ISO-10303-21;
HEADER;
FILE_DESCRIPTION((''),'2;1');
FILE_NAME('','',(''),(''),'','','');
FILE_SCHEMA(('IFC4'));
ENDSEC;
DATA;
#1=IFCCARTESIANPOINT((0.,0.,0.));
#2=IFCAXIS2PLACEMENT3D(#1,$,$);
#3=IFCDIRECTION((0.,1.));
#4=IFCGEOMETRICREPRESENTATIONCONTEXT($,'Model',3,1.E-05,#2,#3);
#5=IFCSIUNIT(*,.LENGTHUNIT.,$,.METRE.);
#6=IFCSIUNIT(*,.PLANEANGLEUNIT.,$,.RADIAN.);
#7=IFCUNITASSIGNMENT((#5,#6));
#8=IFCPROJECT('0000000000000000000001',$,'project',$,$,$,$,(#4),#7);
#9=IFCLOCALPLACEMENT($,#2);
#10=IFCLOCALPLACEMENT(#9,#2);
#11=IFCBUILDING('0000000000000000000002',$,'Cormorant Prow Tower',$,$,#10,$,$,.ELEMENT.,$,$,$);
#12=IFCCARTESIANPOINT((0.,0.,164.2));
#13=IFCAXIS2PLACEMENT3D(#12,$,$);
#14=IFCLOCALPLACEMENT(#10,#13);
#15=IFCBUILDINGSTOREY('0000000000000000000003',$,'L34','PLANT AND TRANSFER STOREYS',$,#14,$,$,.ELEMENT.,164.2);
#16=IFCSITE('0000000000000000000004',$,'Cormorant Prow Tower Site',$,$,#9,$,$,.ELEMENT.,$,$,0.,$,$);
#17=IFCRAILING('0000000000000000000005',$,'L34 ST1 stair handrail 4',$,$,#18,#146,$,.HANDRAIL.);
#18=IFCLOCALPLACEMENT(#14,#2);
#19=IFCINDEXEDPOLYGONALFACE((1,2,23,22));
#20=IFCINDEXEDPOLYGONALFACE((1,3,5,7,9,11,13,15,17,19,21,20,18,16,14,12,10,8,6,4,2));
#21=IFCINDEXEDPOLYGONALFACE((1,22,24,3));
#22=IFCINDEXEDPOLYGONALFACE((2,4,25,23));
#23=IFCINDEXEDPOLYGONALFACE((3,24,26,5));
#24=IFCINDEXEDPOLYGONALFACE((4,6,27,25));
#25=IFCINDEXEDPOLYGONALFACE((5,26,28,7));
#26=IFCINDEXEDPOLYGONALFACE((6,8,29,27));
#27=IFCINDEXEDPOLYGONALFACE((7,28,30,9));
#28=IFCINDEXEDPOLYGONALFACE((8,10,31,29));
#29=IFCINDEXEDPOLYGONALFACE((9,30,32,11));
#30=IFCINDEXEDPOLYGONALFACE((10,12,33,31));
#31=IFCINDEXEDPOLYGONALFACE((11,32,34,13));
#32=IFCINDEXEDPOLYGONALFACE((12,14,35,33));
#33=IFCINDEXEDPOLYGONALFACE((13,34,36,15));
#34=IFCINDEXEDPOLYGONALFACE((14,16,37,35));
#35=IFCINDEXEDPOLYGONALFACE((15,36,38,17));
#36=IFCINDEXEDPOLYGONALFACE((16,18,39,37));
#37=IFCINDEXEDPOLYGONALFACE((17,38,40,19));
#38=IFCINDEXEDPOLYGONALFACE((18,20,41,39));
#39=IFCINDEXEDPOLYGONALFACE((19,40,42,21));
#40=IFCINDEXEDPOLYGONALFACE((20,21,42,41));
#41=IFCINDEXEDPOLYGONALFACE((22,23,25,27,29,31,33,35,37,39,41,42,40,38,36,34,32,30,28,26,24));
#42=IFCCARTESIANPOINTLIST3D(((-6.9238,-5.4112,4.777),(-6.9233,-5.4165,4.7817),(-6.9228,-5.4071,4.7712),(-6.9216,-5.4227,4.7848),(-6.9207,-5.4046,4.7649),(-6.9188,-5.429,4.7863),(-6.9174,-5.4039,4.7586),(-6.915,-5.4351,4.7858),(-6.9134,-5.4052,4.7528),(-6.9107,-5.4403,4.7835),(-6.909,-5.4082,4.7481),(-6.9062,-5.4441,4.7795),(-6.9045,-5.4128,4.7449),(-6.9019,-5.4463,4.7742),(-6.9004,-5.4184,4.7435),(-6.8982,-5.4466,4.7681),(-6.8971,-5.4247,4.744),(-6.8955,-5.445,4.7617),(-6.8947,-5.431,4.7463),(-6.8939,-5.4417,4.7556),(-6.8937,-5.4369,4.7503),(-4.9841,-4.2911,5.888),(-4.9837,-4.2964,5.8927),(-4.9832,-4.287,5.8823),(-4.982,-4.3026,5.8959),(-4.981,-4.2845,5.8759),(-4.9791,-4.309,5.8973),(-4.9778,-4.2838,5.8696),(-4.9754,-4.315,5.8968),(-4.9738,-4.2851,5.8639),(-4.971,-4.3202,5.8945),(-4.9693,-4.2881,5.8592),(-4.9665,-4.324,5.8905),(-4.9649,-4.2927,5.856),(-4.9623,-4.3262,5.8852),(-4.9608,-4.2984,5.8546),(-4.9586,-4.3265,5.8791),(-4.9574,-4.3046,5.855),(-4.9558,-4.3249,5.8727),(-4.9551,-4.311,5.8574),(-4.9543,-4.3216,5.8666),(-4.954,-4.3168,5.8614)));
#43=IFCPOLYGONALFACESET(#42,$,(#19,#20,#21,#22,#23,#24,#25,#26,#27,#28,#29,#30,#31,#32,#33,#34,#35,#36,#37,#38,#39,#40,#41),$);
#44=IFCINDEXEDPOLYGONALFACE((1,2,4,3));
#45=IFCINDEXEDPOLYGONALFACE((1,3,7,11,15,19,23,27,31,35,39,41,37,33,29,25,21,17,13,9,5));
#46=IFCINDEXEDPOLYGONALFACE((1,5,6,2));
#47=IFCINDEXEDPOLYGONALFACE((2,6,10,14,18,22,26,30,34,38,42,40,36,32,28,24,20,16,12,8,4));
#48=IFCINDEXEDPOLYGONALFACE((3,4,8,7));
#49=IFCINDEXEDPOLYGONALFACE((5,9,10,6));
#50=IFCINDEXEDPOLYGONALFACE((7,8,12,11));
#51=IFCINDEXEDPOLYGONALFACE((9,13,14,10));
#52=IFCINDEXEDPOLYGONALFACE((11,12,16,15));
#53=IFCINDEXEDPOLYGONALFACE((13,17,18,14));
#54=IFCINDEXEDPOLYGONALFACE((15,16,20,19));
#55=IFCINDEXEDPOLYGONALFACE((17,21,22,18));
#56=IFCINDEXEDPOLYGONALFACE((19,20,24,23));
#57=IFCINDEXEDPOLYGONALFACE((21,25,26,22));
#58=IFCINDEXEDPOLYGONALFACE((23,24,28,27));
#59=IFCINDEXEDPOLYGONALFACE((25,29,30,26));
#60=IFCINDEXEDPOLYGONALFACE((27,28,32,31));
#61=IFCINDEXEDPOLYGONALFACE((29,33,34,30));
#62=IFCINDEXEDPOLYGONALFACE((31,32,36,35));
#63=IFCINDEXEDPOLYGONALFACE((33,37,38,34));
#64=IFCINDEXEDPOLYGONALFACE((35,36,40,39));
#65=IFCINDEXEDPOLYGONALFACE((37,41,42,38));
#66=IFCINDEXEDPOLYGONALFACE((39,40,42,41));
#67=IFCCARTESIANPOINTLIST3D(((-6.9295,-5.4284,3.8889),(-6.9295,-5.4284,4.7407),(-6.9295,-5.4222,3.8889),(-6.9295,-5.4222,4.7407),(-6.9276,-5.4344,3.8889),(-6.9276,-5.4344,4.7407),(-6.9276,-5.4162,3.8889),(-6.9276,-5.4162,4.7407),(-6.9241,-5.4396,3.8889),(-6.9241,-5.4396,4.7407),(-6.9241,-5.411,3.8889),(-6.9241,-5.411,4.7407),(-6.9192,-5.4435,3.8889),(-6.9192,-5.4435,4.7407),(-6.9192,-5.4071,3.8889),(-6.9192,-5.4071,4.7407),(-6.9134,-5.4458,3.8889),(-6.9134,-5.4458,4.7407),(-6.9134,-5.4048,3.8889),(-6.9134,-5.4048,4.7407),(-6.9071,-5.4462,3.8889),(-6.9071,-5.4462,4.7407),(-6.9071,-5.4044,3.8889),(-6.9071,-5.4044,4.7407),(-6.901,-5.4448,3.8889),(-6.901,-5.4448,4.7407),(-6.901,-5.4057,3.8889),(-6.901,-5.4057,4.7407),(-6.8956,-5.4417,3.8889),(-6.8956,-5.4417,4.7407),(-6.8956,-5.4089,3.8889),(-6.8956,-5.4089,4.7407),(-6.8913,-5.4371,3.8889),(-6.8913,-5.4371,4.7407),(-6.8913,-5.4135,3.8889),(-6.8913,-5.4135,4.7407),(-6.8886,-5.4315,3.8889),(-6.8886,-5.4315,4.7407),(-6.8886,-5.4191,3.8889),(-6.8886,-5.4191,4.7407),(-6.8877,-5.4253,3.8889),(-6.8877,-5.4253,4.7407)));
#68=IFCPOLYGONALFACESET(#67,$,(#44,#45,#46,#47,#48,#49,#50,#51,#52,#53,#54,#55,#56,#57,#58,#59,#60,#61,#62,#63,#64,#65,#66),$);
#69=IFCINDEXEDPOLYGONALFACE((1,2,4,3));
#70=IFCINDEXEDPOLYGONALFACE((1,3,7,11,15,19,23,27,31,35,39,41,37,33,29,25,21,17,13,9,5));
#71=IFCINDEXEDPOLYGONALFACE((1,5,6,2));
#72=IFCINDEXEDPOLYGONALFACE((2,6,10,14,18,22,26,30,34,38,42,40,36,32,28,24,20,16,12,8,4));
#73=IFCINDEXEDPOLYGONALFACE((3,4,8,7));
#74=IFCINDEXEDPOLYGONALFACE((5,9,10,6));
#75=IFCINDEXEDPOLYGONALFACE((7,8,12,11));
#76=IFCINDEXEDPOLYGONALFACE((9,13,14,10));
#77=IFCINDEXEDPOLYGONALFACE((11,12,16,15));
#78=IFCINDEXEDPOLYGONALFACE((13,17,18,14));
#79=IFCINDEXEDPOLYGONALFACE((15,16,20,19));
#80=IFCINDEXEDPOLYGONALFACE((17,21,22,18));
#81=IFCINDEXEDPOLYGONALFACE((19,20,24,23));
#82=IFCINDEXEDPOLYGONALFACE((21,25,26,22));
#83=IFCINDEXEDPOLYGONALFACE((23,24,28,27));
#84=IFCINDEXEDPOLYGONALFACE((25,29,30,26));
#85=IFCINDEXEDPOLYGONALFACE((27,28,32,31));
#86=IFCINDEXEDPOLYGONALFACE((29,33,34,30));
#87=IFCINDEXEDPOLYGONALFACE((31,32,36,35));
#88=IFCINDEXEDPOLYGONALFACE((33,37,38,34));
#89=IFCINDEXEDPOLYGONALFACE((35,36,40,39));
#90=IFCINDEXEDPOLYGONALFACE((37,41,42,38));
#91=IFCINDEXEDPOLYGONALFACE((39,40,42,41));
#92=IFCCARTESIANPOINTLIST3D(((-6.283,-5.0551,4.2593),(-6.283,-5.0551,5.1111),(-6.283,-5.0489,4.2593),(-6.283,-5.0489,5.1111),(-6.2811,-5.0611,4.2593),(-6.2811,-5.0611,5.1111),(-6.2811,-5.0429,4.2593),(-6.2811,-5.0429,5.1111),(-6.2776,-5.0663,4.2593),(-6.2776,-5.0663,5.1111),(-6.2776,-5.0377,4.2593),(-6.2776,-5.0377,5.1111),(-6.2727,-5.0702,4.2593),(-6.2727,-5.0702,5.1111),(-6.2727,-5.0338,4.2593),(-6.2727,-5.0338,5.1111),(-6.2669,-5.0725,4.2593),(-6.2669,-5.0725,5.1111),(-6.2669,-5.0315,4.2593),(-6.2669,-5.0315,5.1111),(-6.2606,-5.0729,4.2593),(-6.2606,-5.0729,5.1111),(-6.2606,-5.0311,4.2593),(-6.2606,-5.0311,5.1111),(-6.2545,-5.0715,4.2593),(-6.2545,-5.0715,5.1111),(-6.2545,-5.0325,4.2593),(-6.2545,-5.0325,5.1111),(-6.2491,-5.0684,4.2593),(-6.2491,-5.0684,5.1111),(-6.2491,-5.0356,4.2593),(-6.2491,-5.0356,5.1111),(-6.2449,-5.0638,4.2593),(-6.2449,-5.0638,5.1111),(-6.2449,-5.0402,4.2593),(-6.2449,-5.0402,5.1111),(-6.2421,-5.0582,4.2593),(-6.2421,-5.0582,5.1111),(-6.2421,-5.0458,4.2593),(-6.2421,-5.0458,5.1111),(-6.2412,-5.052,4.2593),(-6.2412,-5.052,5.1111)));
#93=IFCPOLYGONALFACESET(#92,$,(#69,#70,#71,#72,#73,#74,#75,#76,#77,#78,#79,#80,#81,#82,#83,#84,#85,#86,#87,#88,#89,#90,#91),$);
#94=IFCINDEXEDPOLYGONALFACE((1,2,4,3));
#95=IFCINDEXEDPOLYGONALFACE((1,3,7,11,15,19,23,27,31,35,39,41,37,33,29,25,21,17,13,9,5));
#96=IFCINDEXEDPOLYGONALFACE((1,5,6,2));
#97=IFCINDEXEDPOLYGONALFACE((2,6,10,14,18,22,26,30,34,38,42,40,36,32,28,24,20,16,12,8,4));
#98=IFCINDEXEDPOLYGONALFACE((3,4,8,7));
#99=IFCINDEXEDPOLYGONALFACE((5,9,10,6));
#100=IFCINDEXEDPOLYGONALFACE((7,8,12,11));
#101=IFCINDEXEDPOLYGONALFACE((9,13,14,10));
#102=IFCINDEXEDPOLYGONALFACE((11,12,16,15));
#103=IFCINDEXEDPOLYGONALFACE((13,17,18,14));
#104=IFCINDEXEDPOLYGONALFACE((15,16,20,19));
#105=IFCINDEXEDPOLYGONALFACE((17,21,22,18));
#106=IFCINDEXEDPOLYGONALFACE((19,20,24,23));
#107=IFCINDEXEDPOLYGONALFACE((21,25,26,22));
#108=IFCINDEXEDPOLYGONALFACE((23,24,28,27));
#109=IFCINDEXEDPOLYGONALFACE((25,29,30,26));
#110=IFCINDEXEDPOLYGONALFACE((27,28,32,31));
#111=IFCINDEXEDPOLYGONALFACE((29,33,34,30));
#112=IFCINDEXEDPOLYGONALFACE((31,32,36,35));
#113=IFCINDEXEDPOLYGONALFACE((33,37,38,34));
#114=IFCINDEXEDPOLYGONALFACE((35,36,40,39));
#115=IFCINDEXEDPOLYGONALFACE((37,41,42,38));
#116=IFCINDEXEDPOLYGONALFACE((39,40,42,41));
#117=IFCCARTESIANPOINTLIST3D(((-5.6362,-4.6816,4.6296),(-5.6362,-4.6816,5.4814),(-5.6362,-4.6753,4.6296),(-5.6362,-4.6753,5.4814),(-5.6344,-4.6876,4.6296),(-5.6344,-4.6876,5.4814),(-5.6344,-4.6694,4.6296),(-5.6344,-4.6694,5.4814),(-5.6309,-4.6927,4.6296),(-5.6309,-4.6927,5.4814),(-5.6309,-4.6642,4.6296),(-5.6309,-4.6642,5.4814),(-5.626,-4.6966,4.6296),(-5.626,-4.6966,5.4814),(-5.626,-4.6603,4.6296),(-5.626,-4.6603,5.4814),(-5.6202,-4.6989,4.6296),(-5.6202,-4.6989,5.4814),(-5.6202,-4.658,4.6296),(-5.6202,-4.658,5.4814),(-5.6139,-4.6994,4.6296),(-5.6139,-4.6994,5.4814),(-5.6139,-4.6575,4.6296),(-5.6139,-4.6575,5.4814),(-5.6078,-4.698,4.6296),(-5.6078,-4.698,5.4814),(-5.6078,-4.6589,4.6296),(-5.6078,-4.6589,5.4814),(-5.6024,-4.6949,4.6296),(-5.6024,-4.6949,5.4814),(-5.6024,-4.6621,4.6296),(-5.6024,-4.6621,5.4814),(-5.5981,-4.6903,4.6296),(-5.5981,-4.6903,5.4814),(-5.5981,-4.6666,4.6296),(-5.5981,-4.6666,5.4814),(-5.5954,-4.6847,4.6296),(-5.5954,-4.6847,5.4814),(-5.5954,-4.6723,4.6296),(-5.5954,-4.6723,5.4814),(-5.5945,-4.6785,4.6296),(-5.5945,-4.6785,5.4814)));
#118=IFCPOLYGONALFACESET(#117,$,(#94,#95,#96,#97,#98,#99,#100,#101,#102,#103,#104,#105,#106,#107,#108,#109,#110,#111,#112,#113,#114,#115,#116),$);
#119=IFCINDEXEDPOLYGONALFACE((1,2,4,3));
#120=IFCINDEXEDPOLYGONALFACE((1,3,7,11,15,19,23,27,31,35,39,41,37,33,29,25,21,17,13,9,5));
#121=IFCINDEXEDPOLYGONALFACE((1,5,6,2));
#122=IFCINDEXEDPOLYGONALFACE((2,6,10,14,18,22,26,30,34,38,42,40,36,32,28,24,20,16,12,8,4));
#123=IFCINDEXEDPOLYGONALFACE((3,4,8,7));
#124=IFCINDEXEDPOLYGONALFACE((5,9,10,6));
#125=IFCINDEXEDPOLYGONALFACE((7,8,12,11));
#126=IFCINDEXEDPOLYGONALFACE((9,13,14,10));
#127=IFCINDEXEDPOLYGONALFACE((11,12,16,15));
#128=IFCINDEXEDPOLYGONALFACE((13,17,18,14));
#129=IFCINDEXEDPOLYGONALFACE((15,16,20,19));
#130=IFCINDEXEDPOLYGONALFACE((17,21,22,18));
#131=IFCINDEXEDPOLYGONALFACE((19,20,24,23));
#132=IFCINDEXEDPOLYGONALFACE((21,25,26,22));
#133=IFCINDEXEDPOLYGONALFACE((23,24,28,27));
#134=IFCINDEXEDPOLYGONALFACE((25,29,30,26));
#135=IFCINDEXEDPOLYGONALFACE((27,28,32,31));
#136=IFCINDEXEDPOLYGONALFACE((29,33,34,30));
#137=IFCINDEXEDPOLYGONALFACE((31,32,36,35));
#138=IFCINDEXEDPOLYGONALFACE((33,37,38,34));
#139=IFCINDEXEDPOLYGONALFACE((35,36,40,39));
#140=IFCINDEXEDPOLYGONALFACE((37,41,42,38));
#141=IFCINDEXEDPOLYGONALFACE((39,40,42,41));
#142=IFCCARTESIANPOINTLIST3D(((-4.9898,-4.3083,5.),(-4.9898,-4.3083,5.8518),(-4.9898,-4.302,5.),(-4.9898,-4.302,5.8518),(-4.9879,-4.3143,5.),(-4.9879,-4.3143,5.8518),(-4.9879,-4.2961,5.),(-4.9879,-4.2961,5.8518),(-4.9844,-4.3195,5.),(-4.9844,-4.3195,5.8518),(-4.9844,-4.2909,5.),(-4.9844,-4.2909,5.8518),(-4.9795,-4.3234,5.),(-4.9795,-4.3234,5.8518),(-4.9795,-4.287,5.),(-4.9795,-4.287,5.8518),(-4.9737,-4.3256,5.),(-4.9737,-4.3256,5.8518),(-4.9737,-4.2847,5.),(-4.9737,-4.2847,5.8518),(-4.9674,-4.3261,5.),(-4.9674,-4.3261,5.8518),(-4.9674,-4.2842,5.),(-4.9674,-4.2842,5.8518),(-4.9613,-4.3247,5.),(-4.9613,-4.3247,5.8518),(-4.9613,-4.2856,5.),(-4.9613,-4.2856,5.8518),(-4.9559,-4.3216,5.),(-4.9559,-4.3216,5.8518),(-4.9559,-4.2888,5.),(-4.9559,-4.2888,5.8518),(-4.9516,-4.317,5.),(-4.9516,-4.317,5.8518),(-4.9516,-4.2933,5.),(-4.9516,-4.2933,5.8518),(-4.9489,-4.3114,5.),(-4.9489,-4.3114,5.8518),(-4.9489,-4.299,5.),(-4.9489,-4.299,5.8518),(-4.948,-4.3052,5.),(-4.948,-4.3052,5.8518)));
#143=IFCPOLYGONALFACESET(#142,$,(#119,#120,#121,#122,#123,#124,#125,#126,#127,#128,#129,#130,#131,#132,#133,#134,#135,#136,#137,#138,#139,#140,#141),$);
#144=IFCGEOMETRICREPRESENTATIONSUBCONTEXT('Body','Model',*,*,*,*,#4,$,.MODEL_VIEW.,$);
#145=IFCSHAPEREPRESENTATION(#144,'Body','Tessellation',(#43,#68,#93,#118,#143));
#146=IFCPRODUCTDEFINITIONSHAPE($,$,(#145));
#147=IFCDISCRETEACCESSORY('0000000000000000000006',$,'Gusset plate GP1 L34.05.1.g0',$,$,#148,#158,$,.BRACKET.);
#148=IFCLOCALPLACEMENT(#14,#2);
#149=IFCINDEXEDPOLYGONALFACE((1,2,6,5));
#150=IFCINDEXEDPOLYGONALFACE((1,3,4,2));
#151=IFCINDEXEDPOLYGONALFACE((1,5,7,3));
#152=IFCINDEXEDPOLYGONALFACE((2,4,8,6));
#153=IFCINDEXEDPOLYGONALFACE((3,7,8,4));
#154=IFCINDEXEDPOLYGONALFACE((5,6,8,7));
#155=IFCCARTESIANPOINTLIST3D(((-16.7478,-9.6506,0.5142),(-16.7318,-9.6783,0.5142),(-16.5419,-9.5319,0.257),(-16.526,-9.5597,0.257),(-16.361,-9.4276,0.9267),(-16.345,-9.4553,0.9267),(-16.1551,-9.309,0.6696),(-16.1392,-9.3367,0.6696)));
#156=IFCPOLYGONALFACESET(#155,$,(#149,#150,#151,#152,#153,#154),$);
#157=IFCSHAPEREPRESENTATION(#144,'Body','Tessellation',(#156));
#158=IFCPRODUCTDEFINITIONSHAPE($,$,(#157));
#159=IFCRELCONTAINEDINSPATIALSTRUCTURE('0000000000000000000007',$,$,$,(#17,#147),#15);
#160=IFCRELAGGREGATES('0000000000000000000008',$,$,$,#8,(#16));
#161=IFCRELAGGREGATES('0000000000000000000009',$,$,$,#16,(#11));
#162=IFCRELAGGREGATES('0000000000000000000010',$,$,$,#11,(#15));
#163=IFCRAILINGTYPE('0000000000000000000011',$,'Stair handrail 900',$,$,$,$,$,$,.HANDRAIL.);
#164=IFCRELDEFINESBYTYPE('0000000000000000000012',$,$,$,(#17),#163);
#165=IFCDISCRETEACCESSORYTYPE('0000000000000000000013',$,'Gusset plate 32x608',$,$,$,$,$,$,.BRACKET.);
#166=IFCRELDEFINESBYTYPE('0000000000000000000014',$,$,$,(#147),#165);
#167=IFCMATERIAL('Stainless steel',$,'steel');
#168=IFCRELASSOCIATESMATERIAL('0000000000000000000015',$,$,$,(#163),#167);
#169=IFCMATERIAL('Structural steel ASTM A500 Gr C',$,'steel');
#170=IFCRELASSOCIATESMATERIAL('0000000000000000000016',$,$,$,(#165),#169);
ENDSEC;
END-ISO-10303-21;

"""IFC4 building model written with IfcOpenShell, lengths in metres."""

from ifc_helpers import new_model, si_unit, direction, frame, origin, origin_2d, place, context, subcontext, project, spatial, rectangle, circle, extrude, material, material_profile, profile_set, type_object, element, save


model = new_model("IFC4")

# Units and contexts
model_context = context("Model", 3, precision=1e-05, world=origin(), true_north=direction((0.0, 1.0)))
body_context = subcontext(model_context, "Body", "Model", "MODEL_VIEW")
ifc_project = project(units=[si_unit("LENGTHUNIT", "METRE"), si_unit("PLANEANGLEUNIT", "RADIAN")], contexts=[model_context])

# Site, building, storey
site_placement = place(None, origin())
site = spatial("IfcSite", under=ifc_project, at=site_placement, Name="Cormorant Prow Tower Site", CompositionType="ELEMENT", RefElevation=0.0)
building_placement = place(site_placement, origin())
building = spatial("IfcBuilding", under=site, at=building_placement, Name="Cormorant Prow Tower", CompositionType="ELEMENT")
storey_placement = place(building_placement, frame((0.0, 0.0, 164.2)))
storey = spatial("IfcBuildingStorey", under=building, at=storey_placement, Name="L34", Description="PLANT AND TRANSFER STOREYS", CompositionType="ELEMENT", Elevation=164.2)

# Railing
ifc_material_1 = material(Name="Stainless steel", Category="steel")
railing_type = type_object("IfcRailingType", Name="Stair handrail 900", PredefinedType="HANDRAIL", material=ifc_material_1)
for number, where, name in (
    (1, (-6.9087, -5.4253, 3.8889), "L34 ST1 stair handrail 4"),
):
    element("IfcRailing", number, at=place(storey_placement, frame(where)), inside=storey, type_object=railing_type, Name=name, PredefinedType="HANDRAIL", context=body_context, shape_type="SweptSolid", body=[
        extrude(circle(Radius=0.0239, at=origin_2d()), frame((0.0, 0.0, 0.876), z_axis=(0.77578, 0.44799, 0.444377), x_axis=(-0.500078, 0.86598, 0.0)), (0.0, 0.0, 1.0), 2.5002),
        extrude(circle(Radius=0.021, at=origin_2d()), origin(), (0.0, 0.0, 1.0), 0.8518),
        extrude(circle(Radius=0.021, at=origin_2d()), frame((0.6465, 0.3733, 0.3704)), (0.0, 0.0, 1.0), 0.8518),
        extrude(circle(Radius=0.021, at=origin_2d()), frame((1.2932, 0.7468, 0.7407)), (0.0, 0.0, 1.0), 0.8518),
        extrude(circle(Radius=0.021, at=origin_2d()), frame((1.9397, 1.1201, 1.1111)), (0.0, 0.0, 1.0), 0.8518),
    ])

# Discrete accessory
ifc_material_2 = material(Name="Structural steel ASTM A500 Gr C", Category="steel")
ifc_material_profile_1 = material_profile(ifc_material_2, rectangle(XDim=0.032, YDim=0.6079, at=origin_2d()), Name="Gusset plate 32x608")
ifc_profile_set_1 = profile_set([ifc_material_profile_1], Name="Structural steel ASTM A500 Gr C")
discrete_accessory_type = type_object("IfcDiscreteAccessoryType", Name="Gusset plate 32x608", PredefinedType="BRACKET", material=ifc_profile_set_1)
discrete_accessory_placement = place(storey_placement, frame((-16.5464, -9.553, 0.7205), z_axis=(0.587966, 0.33897, -0.734435), x_axis=(-0.499456, 0.86634, 0.0)))
element("IfcDiscreteAccessory", 2, at=discrete_accessory_placement, inside=storey, type_object=discrete_accessory_type, Name="Gusset plate GP1 L34.05.1.g0", PredefinedType="BRACKET", context=body_context, shape_type="SweptSolid", body=[
    extrude(rectangle(XDim=0.032, YDim=0.6079, at=origin_2d()), origin(), (0.0, 0.0, 1.0), 0.3501),
])

save(model, "model.ifc")
